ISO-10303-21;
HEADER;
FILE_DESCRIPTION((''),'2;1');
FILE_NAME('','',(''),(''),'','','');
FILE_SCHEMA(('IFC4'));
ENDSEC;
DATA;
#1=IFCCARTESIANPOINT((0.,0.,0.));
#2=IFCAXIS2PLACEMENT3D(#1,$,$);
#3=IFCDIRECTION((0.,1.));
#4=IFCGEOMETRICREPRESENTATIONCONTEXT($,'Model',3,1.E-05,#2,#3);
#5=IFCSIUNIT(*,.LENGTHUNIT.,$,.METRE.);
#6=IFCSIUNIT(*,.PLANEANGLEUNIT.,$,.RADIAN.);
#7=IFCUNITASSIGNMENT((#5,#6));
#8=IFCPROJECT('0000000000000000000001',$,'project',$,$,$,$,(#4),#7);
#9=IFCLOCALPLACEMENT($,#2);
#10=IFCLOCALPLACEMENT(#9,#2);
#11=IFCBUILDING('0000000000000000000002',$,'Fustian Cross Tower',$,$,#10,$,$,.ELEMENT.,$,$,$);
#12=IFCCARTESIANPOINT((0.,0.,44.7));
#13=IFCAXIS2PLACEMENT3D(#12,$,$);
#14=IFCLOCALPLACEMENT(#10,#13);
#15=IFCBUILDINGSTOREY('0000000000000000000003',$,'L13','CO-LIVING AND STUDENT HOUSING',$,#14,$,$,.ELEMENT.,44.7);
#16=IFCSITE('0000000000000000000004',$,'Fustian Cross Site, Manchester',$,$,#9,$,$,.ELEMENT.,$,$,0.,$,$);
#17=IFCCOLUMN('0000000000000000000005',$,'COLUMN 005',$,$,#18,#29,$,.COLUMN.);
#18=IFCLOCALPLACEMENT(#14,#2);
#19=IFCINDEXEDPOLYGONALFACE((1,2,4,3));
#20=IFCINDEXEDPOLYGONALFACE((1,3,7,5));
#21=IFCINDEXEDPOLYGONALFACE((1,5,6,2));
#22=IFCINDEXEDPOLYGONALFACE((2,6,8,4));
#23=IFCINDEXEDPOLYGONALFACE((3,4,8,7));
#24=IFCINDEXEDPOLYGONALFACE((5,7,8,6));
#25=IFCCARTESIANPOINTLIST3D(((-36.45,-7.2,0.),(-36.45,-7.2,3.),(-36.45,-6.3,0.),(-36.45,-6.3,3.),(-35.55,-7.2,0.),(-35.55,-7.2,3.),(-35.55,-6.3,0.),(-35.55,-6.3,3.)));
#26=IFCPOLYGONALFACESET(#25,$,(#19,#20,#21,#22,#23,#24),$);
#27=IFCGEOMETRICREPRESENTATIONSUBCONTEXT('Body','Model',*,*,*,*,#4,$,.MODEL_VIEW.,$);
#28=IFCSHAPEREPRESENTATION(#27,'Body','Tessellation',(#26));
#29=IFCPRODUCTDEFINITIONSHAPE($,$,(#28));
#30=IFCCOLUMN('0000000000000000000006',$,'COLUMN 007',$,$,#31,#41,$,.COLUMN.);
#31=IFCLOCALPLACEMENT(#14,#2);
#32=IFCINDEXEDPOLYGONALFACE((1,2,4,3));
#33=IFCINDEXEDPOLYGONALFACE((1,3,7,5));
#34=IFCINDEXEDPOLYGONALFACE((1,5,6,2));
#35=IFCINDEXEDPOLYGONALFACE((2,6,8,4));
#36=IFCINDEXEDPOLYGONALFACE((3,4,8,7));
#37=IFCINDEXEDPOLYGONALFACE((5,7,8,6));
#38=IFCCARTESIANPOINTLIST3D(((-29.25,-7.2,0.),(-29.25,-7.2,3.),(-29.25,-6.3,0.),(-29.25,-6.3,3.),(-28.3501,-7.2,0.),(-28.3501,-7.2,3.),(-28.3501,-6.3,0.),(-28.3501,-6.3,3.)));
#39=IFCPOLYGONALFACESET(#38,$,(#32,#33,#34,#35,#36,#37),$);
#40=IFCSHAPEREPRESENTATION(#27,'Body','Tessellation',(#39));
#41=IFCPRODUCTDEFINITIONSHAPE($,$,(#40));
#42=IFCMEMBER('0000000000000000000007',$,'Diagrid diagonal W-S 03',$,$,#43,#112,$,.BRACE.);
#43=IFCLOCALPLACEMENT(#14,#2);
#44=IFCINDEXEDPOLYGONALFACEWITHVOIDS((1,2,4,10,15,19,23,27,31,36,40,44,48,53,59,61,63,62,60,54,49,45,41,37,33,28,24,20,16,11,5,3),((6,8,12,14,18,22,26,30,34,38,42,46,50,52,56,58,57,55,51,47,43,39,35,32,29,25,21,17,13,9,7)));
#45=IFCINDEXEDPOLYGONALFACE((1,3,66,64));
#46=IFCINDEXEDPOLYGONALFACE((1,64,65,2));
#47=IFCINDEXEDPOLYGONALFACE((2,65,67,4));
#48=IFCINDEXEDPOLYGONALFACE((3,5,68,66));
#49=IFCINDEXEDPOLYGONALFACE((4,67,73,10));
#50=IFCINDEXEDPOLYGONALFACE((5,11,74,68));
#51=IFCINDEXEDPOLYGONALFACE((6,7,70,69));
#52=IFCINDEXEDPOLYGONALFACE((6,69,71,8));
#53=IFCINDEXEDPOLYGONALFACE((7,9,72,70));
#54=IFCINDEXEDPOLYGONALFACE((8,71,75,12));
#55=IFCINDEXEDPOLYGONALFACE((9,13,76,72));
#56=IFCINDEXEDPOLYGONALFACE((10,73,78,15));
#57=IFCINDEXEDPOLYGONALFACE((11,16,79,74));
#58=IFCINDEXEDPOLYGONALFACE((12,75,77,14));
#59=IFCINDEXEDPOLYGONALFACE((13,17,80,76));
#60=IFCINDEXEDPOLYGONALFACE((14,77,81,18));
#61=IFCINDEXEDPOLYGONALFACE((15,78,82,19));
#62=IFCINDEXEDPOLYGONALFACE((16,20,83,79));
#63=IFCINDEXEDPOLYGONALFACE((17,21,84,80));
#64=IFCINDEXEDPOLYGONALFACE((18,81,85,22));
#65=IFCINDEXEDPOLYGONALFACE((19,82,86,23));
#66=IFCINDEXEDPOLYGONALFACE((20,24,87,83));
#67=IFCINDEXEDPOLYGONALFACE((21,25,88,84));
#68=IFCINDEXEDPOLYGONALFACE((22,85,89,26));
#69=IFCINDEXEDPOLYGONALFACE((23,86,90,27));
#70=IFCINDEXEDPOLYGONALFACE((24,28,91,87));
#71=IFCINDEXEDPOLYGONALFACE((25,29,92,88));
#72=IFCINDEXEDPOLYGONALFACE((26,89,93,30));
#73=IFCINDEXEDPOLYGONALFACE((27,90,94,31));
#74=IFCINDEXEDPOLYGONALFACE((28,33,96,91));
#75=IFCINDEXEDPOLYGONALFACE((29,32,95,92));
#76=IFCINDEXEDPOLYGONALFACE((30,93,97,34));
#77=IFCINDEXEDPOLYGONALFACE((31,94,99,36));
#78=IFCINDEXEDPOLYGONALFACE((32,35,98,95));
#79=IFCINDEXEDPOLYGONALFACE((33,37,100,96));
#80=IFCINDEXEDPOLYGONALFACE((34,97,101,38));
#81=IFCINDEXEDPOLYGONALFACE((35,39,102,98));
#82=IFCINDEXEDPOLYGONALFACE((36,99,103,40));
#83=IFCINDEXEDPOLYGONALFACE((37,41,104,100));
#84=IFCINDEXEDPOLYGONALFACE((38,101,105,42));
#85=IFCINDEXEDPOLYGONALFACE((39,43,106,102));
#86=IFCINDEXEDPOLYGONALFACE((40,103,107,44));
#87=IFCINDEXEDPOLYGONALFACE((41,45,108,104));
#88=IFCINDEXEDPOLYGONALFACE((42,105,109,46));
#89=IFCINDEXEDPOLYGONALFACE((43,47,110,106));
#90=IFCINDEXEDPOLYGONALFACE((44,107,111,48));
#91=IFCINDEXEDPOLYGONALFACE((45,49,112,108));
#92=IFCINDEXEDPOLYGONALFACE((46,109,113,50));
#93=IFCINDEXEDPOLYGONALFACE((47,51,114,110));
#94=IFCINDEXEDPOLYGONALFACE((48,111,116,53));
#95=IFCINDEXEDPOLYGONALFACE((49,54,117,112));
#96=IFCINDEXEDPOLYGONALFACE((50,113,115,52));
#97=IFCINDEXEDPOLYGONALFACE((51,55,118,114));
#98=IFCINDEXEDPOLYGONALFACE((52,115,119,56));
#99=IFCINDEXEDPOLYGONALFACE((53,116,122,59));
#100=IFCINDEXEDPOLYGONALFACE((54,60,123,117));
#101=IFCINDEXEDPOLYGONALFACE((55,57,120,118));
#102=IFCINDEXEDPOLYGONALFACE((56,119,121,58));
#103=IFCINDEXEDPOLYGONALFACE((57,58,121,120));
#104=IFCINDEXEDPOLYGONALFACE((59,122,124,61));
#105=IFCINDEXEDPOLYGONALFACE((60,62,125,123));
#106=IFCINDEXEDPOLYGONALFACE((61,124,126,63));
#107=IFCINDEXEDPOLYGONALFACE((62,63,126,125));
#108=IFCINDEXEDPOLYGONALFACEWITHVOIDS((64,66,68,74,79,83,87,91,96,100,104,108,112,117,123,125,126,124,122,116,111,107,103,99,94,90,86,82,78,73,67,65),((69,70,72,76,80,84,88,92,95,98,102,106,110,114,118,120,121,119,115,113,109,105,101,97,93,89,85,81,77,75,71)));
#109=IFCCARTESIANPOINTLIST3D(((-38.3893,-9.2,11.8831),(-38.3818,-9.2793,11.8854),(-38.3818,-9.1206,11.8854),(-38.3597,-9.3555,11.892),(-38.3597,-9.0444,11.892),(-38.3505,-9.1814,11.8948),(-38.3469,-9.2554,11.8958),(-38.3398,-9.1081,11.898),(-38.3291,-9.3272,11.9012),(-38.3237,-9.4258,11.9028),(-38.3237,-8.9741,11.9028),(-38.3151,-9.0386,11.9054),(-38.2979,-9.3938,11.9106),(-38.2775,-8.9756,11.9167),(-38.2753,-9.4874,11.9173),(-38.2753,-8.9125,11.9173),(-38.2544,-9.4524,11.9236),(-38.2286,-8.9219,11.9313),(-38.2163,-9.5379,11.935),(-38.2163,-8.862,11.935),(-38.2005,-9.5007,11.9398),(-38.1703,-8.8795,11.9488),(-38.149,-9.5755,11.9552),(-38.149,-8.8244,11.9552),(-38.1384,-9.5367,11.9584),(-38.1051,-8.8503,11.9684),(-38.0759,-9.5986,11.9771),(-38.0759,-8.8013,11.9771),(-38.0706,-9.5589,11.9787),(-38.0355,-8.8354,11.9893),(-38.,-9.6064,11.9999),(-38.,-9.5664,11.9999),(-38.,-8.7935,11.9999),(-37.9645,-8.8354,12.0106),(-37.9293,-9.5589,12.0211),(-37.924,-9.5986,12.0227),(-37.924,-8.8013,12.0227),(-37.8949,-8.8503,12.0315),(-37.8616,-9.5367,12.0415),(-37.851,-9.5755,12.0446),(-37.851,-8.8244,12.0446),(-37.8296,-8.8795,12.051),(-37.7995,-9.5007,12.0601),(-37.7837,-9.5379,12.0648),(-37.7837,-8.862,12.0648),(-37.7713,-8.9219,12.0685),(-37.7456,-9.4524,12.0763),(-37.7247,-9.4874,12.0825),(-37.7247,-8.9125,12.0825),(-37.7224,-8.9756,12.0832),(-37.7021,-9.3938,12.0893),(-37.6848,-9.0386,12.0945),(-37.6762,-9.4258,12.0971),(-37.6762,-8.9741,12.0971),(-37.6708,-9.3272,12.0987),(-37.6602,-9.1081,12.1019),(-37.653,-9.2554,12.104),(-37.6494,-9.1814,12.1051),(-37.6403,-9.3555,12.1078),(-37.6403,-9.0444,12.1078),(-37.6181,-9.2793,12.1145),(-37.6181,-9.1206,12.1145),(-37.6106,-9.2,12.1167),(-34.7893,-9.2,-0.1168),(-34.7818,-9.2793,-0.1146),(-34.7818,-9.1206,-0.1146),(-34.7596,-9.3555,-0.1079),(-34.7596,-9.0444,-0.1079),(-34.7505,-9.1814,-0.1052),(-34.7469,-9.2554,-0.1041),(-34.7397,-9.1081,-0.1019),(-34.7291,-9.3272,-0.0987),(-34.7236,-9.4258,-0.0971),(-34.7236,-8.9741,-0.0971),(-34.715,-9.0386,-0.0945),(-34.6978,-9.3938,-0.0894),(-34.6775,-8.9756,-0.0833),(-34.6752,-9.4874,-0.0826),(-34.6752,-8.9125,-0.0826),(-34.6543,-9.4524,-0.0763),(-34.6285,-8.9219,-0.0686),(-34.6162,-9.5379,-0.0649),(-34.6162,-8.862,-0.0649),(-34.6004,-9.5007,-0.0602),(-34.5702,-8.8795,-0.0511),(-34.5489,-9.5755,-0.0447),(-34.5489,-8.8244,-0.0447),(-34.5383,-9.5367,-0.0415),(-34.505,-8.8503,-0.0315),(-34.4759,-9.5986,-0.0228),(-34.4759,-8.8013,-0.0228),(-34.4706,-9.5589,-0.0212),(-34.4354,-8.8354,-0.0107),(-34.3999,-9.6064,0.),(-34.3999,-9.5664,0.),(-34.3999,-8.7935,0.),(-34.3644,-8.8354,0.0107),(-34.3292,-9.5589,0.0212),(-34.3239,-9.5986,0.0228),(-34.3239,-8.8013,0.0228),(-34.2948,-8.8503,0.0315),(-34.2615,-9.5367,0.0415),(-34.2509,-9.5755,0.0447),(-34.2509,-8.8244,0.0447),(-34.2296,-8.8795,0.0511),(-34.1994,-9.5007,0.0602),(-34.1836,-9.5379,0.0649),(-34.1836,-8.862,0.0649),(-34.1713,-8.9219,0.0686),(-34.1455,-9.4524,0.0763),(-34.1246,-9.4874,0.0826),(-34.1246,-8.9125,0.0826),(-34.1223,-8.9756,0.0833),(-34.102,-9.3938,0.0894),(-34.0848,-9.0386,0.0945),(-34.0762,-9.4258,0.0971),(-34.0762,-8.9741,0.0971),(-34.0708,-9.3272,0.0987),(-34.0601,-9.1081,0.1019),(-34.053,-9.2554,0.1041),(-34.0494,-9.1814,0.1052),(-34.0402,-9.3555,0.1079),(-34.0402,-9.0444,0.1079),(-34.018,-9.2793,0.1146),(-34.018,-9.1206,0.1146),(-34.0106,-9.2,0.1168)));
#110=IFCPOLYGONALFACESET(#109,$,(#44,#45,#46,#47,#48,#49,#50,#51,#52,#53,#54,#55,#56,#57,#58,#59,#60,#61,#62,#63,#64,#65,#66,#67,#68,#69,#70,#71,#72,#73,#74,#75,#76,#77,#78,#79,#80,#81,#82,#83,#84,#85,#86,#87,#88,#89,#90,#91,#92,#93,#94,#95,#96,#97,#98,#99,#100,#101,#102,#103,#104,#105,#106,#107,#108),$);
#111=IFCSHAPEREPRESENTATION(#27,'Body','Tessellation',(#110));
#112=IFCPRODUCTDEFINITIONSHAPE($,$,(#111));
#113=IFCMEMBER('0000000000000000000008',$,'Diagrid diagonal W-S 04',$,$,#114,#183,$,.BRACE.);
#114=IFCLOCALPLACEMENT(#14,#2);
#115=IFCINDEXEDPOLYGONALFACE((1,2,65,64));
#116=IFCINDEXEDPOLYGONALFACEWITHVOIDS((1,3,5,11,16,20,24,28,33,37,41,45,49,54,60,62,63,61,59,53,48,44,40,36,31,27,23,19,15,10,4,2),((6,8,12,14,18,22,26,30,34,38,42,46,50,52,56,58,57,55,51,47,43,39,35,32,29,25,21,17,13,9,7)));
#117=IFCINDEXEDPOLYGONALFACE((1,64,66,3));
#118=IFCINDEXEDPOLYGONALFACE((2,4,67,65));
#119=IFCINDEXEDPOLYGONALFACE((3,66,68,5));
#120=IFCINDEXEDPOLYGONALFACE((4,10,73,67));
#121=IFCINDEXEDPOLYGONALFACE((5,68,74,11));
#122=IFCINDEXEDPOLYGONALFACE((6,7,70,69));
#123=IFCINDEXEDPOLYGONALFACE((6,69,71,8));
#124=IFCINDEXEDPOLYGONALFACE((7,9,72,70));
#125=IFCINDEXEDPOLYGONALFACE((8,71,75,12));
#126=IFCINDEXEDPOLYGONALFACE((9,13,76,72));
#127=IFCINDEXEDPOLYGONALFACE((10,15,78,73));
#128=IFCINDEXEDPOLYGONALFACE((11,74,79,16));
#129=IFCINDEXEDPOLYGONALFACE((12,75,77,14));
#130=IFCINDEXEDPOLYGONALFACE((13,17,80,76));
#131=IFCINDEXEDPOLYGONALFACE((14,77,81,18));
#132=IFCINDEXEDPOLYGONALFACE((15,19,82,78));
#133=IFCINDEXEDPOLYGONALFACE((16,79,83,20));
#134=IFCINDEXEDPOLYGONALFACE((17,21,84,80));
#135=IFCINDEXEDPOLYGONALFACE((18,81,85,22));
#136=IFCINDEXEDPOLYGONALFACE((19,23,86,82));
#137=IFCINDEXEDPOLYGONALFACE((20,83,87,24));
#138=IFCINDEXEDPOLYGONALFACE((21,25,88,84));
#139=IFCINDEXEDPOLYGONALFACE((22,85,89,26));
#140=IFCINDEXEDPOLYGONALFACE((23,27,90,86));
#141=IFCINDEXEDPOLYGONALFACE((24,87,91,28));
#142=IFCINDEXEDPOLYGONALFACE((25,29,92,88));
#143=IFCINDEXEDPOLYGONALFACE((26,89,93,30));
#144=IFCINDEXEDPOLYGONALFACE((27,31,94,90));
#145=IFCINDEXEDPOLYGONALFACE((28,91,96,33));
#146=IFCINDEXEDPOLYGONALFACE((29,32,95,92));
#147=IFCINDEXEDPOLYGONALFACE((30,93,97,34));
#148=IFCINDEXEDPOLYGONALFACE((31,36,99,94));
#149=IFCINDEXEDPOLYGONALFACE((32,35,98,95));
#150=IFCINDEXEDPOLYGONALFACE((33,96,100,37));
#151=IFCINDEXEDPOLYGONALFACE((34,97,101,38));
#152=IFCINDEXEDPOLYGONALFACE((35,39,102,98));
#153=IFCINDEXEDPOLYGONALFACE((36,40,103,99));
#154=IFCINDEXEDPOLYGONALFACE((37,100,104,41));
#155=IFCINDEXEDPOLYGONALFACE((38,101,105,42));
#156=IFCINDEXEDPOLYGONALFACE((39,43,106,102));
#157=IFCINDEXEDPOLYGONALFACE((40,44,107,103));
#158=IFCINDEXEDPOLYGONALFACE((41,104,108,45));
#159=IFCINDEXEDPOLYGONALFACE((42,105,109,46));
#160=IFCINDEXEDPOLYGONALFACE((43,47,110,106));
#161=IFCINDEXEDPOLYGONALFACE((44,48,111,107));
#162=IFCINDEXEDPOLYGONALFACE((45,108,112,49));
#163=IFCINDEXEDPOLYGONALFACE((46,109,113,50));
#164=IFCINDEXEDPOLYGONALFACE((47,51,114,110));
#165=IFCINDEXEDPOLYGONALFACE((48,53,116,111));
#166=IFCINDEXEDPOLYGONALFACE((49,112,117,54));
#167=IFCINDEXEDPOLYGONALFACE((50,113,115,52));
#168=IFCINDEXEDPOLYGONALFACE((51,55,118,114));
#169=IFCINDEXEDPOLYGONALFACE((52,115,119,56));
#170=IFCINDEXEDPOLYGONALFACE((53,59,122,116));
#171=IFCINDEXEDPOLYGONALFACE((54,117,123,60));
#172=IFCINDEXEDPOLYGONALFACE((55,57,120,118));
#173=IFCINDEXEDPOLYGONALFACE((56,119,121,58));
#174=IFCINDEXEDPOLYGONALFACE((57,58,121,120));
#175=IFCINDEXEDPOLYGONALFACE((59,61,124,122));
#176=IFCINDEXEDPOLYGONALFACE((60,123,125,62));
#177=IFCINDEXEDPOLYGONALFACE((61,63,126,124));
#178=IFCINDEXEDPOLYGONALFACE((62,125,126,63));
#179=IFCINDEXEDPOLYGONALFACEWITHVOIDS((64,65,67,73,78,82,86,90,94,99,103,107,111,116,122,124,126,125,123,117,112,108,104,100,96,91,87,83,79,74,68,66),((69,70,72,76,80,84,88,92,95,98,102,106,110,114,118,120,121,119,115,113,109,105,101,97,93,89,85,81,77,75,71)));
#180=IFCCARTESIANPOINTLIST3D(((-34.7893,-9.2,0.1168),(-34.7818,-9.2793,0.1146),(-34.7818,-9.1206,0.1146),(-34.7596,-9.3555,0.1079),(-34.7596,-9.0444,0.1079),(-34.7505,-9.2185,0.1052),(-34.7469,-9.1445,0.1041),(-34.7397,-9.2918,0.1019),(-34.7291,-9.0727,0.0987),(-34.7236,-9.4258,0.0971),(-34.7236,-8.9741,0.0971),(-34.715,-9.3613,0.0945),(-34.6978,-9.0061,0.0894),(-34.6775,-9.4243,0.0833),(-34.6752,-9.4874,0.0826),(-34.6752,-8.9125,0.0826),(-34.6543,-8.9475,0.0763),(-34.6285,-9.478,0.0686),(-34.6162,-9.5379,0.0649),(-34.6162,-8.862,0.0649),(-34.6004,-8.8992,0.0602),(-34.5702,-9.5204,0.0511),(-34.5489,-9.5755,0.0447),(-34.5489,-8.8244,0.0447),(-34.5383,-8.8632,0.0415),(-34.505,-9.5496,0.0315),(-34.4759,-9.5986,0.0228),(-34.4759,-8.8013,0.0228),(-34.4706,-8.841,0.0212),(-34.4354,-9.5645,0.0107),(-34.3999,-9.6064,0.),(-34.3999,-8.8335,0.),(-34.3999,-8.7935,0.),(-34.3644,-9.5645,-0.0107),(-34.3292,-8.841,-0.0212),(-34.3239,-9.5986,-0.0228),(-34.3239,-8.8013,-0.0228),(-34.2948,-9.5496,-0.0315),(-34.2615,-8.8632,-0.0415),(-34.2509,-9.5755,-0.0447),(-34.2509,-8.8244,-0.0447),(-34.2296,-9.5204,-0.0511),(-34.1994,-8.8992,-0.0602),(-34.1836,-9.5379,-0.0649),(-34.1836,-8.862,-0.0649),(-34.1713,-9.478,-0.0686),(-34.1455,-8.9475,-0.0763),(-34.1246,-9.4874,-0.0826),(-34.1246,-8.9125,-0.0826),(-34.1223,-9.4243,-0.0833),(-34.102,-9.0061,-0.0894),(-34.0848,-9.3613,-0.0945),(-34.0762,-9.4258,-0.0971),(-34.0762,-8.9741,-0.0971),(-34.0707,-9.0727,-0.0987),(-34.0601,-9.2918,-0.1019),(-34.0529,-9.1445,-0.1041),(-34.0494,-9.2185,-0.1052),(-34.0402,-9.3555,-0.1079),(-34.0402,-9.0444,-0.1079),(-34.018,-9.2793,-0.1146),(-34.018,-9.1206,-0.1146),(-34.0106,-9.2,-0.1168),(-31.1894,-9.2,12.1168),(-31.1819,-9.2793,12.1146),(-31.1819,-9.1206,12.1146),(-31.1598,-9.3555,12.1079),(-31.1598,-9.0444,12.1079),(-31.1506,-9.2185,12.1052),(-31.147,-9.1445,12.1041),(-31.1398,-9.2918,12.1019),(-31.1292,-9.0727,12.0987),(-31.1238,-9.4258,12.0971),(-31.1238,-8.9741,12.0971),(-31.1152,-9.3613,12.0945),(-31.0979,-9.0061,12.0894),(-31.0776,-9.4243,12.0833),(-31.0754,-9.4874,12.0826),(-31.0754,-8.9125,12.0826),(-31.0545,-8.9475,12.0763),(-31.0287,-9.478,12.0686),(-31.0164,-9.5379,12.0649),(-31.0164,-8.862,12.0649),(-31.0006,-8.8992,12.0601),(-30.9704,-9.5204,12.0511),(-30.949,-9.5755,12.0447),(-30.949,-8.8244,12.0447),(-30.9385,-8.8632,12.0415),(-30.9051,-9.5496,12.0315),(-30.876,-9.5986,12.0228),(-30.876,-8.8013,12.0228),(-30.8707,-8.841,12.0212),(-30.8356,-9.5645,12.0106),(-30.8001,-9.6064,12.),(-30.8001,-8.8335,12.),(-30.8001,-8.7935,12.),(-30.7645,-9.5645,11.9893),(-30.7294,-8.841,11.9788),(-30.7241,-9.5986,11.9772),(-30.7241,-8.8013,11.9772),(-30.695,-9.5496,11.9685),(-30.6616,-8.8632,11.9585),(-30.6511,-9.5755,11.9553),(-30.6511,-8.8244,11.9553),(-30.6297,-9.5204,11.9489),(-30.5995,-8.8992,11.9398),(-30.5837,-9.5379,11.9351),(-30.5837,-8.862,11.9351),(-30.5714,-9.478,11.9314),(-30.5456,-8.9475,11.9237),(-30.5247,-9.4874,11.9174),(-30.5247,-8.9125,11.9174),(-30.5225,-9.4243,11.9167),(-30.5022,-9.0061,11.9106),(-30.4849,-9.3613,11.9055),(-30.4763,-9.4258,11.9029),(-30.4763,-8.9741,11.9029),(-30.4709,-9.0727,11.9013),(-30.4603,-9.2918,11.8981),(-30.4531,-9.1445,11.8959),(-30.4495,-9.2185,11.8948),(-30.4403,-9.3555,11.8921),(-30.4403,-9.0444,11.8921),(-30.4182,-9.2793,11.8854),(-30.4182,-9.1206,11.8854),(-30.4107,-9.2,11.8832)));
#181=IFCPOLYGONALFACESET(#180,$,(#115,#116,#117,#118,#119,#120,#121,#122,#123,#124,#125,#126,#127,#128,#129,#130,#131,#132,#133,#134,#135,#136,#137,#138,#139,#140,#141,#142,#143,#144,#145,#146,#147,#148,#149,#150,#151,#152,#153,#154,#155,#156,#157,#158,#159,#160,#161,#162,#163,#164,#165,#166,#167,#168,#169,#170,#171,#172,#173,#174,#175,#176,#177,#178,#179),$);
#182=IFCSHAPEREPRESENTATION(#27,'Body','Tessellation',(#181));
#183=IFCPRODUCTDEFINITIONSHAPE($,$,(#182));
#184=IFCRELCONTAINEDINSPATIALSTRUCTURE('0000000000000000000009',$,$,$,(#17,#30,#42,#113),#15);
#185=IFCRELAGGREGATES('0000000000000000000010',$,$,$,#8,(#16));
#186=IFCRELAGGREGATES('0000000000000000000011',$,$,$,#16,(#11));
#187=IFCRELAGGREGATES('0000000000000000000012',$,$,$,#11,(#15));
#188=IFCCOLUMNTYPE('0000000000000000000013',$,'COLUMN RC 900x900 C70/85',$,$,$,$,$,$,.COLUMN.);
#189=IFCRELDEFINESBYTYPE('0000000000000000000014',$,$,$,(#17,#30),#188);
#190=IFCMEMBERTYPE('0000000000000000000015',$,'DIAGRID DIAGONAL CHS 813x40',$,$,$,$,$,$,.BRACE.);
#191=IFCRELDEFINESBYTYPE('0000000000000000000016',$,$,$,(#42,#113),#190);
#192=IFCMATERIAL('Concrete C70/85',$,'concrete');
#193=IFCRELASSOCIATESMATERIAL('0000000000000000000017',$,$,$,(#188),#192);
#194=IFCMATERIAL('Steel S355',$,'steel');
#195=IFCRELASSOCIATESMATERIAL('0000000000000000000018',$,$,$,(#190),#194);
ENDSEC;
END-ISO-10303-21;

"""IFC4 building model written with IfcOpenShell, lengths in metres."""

from ifc_helpers import new_model, si_unit, direction, frame, origin, origin_2d, place, context, subcontext, project, spatial, rectangle, hollow_circle, extrude, material, material_profile, profile_set, type_object, element, save


model = new_model("IFC4")

# Units and contexts
model_context = context("Model", 3, precision=1e-05, world=origin(), true_north=direction((0.0, 1.0)))
body_context = subcontext(model_context, "Body", "Model", "MODEL_VIEW")
ifc_project = project(units=[si_unit("LENGTHUNIT", "METRE"), si_unit("PLANEANGLEUNIT", "RADIAN")], contexts=[model_context])

# Site, building, storey
site_placement = place(None, origin())
site = spatial("IfcSite", under=ifc_project, at=site_placement, Name="Fustian Cross Site, Manchester", CompositionType="ELEMENT", RefElevation=0.0)
building_placement = place(site_placement, origin())
building = spatial("IfcBuilding", under=site, at=building_placement, Name="Fustian Cross Tower", CompositionType="ELEMENT")
storey_placement = place(building_placement, frame((0.0, 0.0, 44.7)))
storey = spatial("IfcBuildingStorey", under=building, at=storey_placement, Name="L13", Description="CO-LIVING AND STUDENT HOUSING", CompositionType="ELEMENT", Elevation=44.7)

# Columns
ifc_material_1 = material(Name="Concrete C70/85", Category="concrete")
ifc_material_profile_1 = material_profile(ifc_material_1, rectangle(XDim=0.8999, YDim=0.8999, at=origin_2d()), Name="RC 900x900")
ifc_profile_set_1 = profile_set([ifc_material_profile_1], Name="Concrete C70/85")
column_type = type_object("IfcColumnType", Name="COLUMN RC 900x900 C70/85", PredefinedType="COLUMN", material=ifc_profile_set_1)
for number, where, z_axis, x_axis, name in (
    (1, (-36.0, -6.75, 0.0), (0.0, 0.0, 1.0), (1.0, 0.0, 0.0), "COLUMN 005"),
    (2, (-28.8, -6.75, 0.0), (0.0, 0.0, 1.0), (1.0, 0.0, 0.0), "COLUMN 007"),
):
    element("IfcColumn", number, at=place(storey_placement, frame(where, z_axis=z_axis, x_axis=x_axis)), inside=storey, type_object=column_type, Name=name, PredefinedType="COLUMN", context=body_context, shape_type="SweptSolid", body=[
        extrude(rectangle(XDim=0.8999, YDim=0.8999, at=origin_2d()), origin(), (0.0, 0.0, 1.0), 3.0),
    ])

# Members
ifc_material_2 = material(Name="Steel S355", Category="steel")
ifc_material_profile_2 = material_profile(ifc_material_2, hollow_circle(Radius=0.4065, WallThickness=0.04, at=origin_2d()), Name="CHS 813x40")
ifc_profile_set_2 = profile_set([ifc_material_profile_2], Name="Steel S355")
member_type = type_object("IfcMemberType", Name="DIAGRID DIAGONAL CHS 813x40", PredefinedType="BRACE", material=ifc_profile_set_2)
for number, where, z_axis, x_axis, name in (
    (3, (-34.3999, -9.2, 0.0), (-0.287355, 0.0, 0.957824), (0.0, -1.0, 0.0), "Diagrid diagonal W-S 03"),
    (4, (-34.3999, -9.2, 0.0), (0.287337, 0.0, 0.95783), (0.0, 1.0, 0.0), "Diagrid diagonal W-S 04"),
):
    element("IfcMember", number, at=place(storey_placement, frame(where, z_axis=z_axis, x_axis=x_axis)), inside=storey, type_object=member_type, Name=name, PredefinedType="BRACE", context=body_context, shape_type="SweptSolid", body=[
        extrude(hollow_circle(Radius=0.4065, WallThickness=0.04, at=origin_2d()), origin(), (0.0, 0.0, 1.0), 12.5283),
    ])

save(model, "model.ifc")
